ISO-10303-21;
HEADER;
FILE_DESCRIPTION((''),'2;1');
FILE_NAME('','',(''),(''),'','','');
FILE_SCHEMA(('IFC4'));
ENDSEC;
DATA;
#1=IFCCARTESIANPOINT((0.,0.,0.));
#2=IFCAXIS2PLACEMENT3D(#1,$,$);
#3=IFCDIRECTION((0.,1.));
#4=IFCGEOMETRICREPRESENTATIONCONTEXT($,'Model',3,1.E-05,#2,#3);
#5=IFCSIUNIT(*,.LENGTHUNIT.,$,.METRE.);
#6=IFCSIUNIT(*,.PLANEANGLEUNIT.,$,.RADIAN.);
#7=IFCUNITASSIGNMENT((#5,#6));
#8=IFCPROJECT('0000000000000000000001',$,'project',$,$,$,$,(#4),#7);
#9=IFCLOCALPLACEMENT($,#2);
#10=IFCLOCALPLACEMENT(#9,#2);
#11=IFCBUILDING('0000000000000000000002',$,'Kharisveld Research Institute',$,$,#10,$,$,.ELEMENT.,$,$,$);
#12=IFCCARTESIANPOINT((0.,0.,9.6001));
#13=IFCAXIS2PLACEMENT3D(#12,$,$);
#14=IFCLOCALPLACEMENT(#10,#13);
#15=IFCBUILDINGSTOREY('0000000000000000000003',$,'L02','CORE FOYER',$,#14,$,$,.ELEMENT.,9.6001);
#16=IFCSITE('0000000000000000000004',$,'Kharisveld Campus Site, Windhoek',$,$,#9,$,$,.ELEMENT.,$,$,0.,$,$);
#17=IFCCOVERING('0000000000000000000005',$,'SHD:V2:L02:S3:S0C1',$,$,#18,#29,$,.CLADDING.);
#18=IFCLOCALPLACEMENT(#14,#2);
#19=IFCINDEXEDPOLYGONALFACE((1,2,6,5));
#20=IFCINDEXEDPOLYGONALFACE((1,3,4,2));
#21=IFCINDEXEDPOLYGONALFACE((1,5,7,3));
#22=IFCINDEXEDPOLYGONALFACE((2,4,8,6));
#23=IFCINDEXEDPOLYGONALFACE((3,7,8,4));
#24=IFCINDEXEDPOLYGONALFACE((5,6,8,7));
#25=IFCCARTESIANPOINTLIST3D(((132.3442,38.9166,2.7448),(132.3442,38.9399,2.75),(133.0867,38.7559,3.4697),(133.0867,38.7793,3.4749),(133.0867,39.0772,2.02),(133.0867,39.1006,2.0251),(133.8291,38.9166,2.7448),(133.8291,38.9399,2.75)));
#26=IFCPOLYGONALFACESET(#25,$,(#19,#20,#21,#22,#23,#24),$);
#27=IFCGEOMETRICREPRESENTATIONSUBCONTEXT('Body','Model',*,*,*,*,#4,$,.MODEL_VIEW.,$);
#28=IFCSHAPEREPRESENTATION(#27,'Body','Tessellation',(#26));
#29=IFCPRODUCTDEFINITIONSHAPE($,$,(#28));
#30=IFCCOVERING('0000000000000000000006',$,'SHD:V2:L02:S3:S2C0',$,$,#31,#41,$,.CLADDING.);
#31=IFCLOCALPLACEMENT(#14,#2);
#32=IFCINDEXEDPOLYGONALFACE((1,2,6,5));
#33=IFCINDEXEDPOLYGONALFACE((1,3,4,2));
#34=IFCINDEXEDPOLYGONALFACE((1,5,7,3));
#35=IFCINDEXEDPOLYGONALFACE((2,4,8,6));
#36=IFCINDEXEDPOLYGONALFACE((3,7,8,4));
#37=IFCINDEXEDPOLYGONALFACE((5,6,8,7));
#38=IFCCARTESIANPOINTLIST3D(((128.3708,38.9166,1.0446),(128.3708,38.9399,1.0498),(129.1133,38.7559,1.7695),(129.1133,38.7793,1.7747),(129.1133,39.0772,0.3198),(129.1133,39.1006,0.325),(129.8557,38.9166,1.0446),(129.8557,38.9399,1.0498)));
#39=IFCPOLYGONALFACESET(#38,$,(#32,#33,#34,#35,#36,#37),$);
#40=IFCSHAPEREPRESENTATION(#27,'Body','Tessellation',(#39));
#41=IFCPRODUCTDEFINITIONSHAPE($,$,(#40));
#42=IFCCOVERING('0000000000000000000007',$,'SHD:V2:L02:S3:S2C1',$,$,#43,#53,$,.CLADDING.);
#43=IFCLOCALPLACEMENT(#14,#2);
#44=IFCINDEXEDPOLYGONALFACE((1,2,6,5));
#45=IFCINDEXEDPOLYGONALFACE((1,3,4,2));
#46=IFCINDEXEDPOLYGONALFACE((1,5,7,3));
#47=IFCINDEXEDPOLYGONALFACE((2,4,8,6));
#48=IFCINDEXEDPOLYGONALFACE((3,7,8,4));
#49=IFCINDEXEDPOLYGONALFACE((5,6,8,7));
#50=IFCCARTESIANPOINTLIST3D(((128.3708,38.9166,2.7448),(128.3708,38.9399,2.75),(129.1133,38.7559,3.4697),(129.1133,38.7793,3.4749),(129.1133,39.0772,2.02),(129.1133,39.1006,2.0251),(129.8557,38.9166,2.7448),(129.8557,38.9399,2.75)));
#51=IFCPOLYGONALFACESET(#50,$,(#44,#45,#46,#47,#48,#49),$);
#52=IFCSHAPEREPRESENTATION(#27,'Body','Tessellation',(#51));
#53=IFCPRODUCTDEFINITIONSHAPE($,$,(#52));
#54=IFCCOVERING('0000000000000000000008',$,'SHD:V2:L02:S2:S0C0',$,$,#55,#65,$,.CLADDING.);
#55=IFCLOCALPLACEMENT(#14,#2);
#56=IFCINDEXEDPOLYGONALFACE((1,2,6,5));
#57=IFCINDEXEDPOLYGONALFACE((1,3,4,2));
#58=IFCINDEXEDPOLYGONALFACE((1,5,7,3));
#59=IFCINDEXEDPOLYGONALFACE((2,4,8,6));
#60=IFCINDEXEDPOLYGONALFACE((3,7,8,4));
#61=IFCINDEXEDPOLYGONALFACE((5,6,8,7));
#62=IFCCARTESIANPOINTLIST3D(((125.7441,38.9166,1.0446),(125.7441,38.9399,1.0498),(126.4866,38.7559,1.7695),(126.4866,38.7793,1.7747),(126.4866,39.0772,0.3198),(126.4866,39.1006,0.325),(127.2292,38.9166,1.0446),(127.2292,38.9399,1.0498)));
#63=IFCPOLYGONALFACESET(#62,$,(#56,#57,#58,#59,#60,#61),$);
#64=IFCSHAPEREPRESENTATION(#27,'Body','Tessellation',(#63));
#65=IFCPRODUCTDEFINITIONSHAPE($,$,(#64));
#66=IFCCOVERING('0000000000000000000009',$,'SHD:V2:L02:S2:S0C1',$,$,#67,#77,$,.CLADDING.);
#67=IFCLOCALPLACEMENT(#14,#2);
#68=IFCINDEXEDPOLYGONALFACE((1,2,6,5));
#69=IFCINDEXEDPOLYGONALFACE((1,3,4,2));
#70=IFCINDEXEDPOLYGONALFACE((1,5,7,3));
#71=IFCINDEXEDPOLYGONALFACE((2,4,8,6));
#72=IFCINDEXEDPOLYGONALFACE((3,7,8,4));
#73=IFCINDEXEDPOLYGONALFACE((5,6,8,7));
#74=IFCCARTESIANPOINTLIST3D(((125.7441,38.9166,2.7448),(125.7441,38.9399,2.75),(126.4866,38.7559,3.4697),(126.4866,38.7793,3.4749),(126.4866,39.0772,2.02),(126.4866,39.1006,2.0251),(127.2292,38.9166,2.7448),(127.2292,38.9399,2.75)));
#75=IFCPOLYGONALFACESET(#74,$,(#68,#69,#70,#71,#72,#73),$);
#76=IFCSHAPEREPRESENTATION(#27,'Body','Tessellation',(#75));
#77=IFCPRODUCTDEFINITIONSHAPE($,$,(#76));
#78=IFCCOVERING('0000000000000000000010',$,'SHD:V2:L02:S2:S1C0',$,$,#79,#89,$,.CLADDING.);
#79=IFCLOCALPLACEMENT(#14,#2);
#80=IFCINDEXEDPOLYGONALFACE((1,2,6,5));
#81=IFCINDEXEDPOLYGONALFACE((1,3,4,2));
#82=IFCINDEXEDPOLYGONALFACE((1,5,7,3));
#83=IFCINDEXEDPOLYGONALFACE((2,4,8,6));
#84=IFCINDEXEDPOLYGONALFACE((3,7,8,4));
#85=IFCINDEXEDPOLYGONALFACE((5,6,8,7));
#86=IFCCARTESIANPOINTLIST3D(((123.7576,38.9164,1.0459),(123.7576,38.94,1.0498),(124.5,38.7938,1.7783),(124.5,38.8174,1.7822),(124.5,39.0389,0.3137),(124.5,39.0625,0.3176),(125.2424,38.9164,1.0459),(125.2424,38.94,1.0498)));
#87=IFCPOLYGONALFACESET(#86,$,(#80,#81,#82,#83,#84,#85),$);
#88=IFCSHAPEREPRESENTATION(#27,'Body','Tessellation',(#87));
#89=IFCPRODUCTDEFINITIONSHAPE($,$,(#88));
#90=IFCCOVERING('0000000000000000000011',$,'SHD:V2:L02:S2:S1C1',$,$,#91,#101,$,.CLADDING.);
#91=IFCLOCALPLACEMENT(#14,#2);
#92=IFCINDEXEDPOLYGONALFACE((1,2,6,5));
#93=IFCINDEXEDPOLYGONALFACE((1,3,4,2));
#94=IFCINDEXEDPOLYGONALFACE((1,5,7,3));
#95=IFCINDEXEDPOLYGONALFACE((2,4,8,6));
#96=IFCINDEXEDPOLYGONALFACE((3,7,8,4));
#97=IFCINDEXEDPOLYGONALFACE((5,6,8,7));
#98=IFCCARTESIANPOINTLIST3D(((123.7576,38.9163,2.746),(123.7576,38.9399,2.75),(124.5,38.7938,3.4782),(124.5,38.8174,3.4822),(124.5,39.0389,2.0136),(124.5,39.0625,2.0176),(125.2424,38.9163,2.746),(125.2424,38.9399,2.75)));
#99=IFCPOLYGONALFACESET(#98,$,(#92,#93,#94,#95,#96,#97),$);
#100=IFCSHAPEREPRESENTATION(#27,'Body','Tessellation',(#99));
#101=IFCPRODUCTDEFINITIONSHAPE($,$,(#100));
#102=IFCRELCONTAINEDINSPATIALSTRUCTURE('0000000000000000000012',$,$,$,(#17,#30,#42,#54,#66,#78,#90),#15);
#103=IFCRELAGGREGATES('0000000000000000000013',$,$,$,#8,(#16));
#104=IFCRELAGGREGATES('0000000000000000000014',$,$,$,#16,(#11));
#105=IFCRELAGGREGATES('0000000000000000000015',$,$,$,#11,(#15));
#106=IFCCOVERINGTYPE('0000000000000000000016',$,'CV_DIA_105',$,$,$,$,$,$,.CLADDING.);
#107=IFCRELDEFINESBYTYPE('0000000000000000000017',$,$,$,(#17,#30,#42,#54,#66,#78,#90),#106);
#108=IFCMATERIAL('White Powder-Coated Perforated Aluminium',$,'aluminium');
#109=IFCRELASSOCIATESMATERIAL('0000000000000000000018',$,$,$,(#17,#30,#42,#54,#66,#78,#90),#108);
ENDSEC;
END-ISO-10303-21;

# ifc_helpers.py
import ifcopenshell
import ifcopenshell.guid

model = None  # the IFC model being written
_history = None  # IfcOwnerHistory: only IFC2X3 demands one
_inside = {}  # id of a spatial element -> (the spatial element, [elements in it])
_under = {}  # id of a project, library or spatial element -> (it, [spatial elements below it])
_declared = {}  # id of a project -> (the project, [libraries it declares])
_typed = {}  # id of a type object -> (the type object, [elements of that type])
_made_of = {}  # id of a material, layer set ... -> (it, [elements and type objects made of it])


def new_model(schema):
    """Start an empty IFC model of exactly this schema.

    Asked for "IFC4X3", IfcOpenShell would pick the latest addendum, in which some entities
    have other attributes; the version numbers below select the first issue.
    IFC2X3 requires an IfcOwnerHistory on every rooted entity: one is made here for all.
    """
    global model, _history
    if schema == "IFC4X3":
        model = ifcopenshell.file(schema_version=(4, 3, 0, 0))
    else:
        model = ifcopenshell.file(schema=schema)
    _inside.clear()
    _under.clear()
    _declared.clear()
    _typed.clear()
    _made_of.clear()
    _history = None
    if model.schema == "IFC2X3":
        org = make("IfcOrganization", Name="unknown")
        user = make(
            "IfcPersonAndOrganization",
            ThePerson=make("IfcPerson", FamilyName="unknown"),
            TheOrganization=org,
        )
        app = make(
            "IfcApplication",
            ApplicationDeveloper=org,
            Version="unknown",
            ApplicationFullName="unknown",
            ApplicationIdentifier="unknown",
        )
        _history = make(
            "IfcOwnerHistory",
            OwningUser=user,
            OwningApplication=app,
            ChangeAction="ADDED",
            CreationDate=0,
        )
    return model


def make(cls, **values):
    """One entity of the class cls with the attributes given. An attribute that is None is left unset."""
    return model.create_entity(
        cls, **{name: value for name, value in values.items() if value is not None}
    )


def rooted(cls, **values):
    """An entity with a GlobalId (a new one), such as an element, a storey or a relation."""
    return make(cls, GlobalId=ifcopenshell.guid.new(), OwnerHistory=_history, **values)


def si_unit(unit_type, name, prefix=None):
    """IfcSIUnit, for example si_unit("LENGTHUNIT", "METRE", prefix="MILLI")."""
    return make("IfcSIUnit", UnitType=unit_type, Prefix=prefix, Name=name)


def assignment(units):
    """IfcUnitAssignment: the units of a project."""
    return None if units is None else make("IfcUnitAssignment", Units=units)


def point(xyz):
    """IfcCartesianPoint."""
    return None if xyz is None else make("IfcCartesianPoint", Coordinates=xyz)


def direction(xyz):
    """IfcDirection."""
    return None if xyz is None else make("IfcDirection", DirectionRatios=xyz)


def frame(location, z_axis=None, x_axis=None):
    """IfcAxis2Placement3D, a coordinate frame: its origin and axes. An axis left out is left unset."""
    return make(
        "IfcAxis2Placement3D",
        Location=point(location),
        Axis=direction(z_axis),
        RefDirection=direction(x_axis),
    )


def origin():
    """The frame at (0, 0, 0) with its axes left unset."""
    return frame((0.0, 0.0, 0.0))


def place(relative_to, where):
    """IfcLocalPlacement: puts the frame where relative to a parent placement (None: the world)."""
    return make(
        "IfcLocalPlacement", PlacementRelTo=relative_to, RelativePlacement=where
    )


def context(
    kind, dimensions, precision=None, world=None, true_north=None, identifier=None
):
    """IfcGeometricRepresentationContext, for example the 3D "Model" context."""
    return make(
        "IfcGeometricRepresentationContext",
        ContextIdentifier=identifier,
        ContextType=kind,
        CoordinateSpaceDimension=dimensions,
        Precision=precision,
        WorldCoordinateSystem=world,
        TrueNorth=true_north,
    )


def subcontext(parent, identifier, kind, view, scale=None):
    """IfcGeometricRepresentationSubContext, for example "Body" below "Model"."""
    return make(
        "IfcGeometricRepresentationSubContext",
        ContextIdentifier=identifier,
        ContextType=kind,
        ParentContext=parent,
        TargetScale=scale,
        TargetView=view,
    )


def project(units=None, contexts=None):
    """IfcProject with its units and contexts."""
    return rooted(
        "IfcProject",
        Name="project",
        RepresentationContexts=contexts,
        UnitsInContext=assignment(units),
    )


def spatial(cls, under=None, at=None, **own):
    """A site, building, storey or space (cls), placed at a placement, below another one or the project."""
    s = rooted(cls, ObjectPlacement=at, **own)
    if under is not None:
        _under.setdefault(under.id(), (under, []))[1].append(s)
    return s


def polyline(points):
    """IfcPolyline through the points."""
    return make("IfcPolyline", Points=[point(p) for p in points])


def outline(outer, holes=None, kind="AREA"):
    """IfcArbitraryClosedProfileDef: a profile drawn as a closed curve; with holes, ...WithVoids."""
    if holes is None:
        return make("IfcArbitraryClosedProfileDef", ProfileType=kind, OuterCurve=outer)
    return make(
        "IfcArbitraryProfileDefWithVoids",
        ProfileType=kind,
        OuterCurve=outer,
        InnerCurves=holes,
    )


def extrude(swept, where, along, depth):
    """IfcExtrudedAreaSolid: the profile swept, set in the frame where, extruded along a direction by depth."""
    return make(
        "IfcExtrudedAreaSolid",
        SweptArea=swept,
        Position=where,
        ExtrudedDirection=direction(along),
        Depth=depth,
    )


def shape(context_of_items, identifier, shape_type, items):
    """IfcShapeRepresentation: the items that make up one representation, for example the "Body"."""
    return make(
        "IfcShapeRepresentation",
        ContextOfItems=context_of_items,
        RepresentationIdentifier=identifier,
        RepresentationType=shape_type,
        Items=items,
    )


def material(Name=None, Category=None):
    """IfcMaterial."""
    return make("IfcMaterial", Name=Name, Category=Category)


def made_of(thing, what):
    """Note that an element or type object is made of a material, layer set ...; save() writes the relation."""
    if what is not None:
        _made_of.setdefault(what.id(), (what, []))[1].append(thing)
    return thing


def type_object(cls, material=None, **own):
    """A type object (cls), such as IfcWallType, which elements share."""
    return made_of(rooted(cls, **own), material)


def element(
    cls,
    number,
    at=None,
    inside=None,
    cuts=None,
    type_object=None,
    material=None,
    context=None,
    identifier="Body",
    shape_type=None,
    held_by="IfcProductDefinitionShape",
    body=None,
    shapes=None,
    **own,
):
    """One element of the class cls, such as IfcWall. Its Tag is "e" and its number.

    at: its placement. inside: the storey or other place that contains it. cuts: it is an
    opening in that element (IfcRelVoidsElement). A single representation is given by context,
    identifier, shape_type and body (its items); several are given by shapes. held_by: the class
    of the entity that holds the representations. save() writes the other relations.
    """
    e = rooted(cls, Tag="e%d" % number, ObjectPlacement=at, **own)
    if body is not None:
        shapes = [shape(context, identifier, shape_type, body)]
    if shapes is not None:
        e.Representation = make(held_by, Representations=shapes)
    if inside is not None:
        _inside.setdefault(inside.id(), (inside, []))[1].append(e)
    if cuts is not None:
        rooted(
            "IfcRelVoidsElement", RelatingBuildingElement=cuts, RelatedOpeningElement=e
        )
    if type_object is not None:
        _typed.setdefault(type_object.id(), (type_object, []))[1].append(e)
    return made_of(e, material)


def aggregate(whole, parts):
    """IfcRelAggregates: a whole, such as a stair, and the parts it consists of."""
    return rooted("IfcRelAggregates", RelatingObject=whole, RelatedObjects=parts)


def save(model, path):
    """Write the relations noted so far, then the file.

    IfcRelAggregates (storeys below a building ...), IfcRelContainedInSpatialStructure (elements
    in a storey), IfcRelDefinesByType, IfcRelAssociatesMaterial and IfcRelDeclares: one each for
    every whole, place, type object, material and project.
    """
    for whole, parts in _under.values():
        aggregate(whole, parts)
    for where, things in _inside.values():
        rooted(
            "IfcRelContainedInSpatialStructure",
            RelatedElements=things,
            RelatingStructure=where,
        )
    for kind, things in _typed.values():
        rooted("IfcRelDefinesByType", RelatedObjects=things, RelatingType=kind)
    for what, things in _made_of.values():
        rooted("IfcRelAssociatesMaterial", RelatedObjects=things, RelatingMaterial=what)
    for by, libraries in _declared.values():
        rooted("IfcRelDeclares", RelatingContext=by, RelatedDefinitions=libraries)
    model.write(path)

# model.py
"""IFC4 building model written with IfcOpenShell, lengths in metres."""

from ifc_helpers import new_model, si_unit, direction, frame, origin, place, context, subcontext, project, spatial, polyline, outline, extrude, material, type_object, element, save


model = new_model("IFC4")

# Units and contexts
model_context = context("Model", 3, precision=1e-05, world=origin(), true_north=direction((0.0, 1.0)))
body_context = subcontext(model_context, "Body", "Model", "MODEL_VIEW")
ifc_project = project(units=[si_unit("LENGTHUNIT", "METRE"), si_unit("PLANEANGLEUNIT", "RADIAN")], contexts=[model_context])

# Site, building, storey
site_placement = place(None, origin())
site = spatial("IfcSite", under=ifc_project, at=site_placement, Name="Kharisveld Campus Site, Windhoek", CompositionType="ELEMENT", RefElevation=0.0)
building_placement = place(site_placement, origin())
building = spatial("IfcBuilding", under=site, at=building_placement, Name="Kharisveld Research Institute", CompositionType="ELEMENT")
storey_placement = place(building_placement, frame((0.0, 0.0, 9.6001)))
storey = spatial("IfcBuildingStorey", under=building, at=storey_placement, Name="L02", Description="CORE FOYER", CompositionType="ELEMENT", Elevation=9.6001)

# Coverings
ifc_material_1 = material(Name="White Powder-Coated Perforated Aluminium", Category="aluminium")
covering_type = type_object("IfcCoveringType", Name="CV_DIA_105", PredefinedType="CLADDING")
for number, where, z_axis, x_axis, name in (
    (1, (133.0867, 39.1006, 2.0251), (0.0, 0.976311, 0.216373), (-0.707102, -0.153, 0.69036), "SHD:V2:L02:S3:S0C1"),
    (2, (129.1133, 39.1006, 0.325), (0.0, 0.976311, 0.216373), (-0.707102, -0.153, 0.69036), "SHD:V2:L02:S3:S2C0"),
    (3, (129.1133, 39.1006, 2.0251), (0.0, 0.976311, 0.216373), (-0.707102, -0.153, 0.69036), "SHD:V2:L02:S3:S2C1"),
):
    element("IfcCovering", number, at=place(storey_placement, frame(where, z_axis=z_axis, x_axis=x_axis)), inside=storey, type_object=covering_type, material=ifc_material_1, Name=name, PredefinedType="CLADDING", context=body_context, shape_type="SweptSolid", body=[
        extrude(outline(polyline([(0.0, 0.0), (1.05, 0.0), (1.05, 1.05), (0.0, 1.05), (0.0, 0.0)])), origin(), (0.0, 0.0, -1.0), 0.0239),
    ])
for number, where, z_axis, x_axis, name in (
    (4, (126.4866, 39.1006, 0.325), (0.0, 0.976311, 0.216373), (-0.707102, -0.153, 0.69036), "SHD:V2:L02:S2:S0C0"),
    (5, (126.4866, 39.1006, 2.0251), (0.0, 0.976311, 0.216373), (-0.707102, -0.153, 0.69036), "SHD:V2:L02:S2:S0C1"),
):
    element("IfcCovering", number, at=place(storey_placement, frame(where, z_axis=z_axis, x_axis=x_axis)), inside=storey, type_object=covering_type, material=ifc_material_1, Name=name, PredefinedType="CLADDING", context=body_context, shape_type="SweptSolid", body=[
        extrude(outline(polyline([(0.0, 0.0), (1.05, 0.0), (1.05, 1.05), (-0.0002, 1.0501), (0.0, 0.0)])), origin(), (0.0, 0.0, -1.0), 0.0239),
    ])
covering_1_placement = place(storey_placement, frame((124.5, 39.0625, 0.3176), z_axis=(0.0, 0.986283, 0.165065), x_axis=(-0.707139, -0.116714, 0.697376)))
element("IfcCovering", 6, at=covering_1_placement, inside=storey, type_object=covering_type, material=ifc_material_1, Name="SHD:V2:L02:S2:S1C0", PredefinedType="CLADDING", context=body_context, shape_type="SweptSolid", body=[
    extrude(outline(polyline([(0.0, 0.0), (1.0499, 0.0), (1.05, 1.0501), (-0.0001, 1.0499), (0.0, 0.0)])), origin(), (0.0, 0.0, -1.0), 0.0239),
])
covering_2_placement = place(storey_placement, frame((124.5, 39.0625, 2.0176), z_axis=(0.0, 0.986283, 0.165065), x_axis=(-0.707024, -0.116733, 0.697489)))
element("IfcCovering", 7, at=covering_2_placement, inside=storey, type_object=covering_type, material=ifc_material_1, Name="SHD:V2:L02:S2:S1C1", PredefinedType="CLADDING", context=body_context, shape_type="SweptSolid", body=[
    extrude(outline(polyline([(0.0, 0.0), (1.0501, 0.0), (1.0502, 1.0499), (0.0002, 1.0501), (0.0, 0.0)])), origin(), (0.0, 0.0, -1.0), 0.0239),
])

save(model, "model.ifc")
